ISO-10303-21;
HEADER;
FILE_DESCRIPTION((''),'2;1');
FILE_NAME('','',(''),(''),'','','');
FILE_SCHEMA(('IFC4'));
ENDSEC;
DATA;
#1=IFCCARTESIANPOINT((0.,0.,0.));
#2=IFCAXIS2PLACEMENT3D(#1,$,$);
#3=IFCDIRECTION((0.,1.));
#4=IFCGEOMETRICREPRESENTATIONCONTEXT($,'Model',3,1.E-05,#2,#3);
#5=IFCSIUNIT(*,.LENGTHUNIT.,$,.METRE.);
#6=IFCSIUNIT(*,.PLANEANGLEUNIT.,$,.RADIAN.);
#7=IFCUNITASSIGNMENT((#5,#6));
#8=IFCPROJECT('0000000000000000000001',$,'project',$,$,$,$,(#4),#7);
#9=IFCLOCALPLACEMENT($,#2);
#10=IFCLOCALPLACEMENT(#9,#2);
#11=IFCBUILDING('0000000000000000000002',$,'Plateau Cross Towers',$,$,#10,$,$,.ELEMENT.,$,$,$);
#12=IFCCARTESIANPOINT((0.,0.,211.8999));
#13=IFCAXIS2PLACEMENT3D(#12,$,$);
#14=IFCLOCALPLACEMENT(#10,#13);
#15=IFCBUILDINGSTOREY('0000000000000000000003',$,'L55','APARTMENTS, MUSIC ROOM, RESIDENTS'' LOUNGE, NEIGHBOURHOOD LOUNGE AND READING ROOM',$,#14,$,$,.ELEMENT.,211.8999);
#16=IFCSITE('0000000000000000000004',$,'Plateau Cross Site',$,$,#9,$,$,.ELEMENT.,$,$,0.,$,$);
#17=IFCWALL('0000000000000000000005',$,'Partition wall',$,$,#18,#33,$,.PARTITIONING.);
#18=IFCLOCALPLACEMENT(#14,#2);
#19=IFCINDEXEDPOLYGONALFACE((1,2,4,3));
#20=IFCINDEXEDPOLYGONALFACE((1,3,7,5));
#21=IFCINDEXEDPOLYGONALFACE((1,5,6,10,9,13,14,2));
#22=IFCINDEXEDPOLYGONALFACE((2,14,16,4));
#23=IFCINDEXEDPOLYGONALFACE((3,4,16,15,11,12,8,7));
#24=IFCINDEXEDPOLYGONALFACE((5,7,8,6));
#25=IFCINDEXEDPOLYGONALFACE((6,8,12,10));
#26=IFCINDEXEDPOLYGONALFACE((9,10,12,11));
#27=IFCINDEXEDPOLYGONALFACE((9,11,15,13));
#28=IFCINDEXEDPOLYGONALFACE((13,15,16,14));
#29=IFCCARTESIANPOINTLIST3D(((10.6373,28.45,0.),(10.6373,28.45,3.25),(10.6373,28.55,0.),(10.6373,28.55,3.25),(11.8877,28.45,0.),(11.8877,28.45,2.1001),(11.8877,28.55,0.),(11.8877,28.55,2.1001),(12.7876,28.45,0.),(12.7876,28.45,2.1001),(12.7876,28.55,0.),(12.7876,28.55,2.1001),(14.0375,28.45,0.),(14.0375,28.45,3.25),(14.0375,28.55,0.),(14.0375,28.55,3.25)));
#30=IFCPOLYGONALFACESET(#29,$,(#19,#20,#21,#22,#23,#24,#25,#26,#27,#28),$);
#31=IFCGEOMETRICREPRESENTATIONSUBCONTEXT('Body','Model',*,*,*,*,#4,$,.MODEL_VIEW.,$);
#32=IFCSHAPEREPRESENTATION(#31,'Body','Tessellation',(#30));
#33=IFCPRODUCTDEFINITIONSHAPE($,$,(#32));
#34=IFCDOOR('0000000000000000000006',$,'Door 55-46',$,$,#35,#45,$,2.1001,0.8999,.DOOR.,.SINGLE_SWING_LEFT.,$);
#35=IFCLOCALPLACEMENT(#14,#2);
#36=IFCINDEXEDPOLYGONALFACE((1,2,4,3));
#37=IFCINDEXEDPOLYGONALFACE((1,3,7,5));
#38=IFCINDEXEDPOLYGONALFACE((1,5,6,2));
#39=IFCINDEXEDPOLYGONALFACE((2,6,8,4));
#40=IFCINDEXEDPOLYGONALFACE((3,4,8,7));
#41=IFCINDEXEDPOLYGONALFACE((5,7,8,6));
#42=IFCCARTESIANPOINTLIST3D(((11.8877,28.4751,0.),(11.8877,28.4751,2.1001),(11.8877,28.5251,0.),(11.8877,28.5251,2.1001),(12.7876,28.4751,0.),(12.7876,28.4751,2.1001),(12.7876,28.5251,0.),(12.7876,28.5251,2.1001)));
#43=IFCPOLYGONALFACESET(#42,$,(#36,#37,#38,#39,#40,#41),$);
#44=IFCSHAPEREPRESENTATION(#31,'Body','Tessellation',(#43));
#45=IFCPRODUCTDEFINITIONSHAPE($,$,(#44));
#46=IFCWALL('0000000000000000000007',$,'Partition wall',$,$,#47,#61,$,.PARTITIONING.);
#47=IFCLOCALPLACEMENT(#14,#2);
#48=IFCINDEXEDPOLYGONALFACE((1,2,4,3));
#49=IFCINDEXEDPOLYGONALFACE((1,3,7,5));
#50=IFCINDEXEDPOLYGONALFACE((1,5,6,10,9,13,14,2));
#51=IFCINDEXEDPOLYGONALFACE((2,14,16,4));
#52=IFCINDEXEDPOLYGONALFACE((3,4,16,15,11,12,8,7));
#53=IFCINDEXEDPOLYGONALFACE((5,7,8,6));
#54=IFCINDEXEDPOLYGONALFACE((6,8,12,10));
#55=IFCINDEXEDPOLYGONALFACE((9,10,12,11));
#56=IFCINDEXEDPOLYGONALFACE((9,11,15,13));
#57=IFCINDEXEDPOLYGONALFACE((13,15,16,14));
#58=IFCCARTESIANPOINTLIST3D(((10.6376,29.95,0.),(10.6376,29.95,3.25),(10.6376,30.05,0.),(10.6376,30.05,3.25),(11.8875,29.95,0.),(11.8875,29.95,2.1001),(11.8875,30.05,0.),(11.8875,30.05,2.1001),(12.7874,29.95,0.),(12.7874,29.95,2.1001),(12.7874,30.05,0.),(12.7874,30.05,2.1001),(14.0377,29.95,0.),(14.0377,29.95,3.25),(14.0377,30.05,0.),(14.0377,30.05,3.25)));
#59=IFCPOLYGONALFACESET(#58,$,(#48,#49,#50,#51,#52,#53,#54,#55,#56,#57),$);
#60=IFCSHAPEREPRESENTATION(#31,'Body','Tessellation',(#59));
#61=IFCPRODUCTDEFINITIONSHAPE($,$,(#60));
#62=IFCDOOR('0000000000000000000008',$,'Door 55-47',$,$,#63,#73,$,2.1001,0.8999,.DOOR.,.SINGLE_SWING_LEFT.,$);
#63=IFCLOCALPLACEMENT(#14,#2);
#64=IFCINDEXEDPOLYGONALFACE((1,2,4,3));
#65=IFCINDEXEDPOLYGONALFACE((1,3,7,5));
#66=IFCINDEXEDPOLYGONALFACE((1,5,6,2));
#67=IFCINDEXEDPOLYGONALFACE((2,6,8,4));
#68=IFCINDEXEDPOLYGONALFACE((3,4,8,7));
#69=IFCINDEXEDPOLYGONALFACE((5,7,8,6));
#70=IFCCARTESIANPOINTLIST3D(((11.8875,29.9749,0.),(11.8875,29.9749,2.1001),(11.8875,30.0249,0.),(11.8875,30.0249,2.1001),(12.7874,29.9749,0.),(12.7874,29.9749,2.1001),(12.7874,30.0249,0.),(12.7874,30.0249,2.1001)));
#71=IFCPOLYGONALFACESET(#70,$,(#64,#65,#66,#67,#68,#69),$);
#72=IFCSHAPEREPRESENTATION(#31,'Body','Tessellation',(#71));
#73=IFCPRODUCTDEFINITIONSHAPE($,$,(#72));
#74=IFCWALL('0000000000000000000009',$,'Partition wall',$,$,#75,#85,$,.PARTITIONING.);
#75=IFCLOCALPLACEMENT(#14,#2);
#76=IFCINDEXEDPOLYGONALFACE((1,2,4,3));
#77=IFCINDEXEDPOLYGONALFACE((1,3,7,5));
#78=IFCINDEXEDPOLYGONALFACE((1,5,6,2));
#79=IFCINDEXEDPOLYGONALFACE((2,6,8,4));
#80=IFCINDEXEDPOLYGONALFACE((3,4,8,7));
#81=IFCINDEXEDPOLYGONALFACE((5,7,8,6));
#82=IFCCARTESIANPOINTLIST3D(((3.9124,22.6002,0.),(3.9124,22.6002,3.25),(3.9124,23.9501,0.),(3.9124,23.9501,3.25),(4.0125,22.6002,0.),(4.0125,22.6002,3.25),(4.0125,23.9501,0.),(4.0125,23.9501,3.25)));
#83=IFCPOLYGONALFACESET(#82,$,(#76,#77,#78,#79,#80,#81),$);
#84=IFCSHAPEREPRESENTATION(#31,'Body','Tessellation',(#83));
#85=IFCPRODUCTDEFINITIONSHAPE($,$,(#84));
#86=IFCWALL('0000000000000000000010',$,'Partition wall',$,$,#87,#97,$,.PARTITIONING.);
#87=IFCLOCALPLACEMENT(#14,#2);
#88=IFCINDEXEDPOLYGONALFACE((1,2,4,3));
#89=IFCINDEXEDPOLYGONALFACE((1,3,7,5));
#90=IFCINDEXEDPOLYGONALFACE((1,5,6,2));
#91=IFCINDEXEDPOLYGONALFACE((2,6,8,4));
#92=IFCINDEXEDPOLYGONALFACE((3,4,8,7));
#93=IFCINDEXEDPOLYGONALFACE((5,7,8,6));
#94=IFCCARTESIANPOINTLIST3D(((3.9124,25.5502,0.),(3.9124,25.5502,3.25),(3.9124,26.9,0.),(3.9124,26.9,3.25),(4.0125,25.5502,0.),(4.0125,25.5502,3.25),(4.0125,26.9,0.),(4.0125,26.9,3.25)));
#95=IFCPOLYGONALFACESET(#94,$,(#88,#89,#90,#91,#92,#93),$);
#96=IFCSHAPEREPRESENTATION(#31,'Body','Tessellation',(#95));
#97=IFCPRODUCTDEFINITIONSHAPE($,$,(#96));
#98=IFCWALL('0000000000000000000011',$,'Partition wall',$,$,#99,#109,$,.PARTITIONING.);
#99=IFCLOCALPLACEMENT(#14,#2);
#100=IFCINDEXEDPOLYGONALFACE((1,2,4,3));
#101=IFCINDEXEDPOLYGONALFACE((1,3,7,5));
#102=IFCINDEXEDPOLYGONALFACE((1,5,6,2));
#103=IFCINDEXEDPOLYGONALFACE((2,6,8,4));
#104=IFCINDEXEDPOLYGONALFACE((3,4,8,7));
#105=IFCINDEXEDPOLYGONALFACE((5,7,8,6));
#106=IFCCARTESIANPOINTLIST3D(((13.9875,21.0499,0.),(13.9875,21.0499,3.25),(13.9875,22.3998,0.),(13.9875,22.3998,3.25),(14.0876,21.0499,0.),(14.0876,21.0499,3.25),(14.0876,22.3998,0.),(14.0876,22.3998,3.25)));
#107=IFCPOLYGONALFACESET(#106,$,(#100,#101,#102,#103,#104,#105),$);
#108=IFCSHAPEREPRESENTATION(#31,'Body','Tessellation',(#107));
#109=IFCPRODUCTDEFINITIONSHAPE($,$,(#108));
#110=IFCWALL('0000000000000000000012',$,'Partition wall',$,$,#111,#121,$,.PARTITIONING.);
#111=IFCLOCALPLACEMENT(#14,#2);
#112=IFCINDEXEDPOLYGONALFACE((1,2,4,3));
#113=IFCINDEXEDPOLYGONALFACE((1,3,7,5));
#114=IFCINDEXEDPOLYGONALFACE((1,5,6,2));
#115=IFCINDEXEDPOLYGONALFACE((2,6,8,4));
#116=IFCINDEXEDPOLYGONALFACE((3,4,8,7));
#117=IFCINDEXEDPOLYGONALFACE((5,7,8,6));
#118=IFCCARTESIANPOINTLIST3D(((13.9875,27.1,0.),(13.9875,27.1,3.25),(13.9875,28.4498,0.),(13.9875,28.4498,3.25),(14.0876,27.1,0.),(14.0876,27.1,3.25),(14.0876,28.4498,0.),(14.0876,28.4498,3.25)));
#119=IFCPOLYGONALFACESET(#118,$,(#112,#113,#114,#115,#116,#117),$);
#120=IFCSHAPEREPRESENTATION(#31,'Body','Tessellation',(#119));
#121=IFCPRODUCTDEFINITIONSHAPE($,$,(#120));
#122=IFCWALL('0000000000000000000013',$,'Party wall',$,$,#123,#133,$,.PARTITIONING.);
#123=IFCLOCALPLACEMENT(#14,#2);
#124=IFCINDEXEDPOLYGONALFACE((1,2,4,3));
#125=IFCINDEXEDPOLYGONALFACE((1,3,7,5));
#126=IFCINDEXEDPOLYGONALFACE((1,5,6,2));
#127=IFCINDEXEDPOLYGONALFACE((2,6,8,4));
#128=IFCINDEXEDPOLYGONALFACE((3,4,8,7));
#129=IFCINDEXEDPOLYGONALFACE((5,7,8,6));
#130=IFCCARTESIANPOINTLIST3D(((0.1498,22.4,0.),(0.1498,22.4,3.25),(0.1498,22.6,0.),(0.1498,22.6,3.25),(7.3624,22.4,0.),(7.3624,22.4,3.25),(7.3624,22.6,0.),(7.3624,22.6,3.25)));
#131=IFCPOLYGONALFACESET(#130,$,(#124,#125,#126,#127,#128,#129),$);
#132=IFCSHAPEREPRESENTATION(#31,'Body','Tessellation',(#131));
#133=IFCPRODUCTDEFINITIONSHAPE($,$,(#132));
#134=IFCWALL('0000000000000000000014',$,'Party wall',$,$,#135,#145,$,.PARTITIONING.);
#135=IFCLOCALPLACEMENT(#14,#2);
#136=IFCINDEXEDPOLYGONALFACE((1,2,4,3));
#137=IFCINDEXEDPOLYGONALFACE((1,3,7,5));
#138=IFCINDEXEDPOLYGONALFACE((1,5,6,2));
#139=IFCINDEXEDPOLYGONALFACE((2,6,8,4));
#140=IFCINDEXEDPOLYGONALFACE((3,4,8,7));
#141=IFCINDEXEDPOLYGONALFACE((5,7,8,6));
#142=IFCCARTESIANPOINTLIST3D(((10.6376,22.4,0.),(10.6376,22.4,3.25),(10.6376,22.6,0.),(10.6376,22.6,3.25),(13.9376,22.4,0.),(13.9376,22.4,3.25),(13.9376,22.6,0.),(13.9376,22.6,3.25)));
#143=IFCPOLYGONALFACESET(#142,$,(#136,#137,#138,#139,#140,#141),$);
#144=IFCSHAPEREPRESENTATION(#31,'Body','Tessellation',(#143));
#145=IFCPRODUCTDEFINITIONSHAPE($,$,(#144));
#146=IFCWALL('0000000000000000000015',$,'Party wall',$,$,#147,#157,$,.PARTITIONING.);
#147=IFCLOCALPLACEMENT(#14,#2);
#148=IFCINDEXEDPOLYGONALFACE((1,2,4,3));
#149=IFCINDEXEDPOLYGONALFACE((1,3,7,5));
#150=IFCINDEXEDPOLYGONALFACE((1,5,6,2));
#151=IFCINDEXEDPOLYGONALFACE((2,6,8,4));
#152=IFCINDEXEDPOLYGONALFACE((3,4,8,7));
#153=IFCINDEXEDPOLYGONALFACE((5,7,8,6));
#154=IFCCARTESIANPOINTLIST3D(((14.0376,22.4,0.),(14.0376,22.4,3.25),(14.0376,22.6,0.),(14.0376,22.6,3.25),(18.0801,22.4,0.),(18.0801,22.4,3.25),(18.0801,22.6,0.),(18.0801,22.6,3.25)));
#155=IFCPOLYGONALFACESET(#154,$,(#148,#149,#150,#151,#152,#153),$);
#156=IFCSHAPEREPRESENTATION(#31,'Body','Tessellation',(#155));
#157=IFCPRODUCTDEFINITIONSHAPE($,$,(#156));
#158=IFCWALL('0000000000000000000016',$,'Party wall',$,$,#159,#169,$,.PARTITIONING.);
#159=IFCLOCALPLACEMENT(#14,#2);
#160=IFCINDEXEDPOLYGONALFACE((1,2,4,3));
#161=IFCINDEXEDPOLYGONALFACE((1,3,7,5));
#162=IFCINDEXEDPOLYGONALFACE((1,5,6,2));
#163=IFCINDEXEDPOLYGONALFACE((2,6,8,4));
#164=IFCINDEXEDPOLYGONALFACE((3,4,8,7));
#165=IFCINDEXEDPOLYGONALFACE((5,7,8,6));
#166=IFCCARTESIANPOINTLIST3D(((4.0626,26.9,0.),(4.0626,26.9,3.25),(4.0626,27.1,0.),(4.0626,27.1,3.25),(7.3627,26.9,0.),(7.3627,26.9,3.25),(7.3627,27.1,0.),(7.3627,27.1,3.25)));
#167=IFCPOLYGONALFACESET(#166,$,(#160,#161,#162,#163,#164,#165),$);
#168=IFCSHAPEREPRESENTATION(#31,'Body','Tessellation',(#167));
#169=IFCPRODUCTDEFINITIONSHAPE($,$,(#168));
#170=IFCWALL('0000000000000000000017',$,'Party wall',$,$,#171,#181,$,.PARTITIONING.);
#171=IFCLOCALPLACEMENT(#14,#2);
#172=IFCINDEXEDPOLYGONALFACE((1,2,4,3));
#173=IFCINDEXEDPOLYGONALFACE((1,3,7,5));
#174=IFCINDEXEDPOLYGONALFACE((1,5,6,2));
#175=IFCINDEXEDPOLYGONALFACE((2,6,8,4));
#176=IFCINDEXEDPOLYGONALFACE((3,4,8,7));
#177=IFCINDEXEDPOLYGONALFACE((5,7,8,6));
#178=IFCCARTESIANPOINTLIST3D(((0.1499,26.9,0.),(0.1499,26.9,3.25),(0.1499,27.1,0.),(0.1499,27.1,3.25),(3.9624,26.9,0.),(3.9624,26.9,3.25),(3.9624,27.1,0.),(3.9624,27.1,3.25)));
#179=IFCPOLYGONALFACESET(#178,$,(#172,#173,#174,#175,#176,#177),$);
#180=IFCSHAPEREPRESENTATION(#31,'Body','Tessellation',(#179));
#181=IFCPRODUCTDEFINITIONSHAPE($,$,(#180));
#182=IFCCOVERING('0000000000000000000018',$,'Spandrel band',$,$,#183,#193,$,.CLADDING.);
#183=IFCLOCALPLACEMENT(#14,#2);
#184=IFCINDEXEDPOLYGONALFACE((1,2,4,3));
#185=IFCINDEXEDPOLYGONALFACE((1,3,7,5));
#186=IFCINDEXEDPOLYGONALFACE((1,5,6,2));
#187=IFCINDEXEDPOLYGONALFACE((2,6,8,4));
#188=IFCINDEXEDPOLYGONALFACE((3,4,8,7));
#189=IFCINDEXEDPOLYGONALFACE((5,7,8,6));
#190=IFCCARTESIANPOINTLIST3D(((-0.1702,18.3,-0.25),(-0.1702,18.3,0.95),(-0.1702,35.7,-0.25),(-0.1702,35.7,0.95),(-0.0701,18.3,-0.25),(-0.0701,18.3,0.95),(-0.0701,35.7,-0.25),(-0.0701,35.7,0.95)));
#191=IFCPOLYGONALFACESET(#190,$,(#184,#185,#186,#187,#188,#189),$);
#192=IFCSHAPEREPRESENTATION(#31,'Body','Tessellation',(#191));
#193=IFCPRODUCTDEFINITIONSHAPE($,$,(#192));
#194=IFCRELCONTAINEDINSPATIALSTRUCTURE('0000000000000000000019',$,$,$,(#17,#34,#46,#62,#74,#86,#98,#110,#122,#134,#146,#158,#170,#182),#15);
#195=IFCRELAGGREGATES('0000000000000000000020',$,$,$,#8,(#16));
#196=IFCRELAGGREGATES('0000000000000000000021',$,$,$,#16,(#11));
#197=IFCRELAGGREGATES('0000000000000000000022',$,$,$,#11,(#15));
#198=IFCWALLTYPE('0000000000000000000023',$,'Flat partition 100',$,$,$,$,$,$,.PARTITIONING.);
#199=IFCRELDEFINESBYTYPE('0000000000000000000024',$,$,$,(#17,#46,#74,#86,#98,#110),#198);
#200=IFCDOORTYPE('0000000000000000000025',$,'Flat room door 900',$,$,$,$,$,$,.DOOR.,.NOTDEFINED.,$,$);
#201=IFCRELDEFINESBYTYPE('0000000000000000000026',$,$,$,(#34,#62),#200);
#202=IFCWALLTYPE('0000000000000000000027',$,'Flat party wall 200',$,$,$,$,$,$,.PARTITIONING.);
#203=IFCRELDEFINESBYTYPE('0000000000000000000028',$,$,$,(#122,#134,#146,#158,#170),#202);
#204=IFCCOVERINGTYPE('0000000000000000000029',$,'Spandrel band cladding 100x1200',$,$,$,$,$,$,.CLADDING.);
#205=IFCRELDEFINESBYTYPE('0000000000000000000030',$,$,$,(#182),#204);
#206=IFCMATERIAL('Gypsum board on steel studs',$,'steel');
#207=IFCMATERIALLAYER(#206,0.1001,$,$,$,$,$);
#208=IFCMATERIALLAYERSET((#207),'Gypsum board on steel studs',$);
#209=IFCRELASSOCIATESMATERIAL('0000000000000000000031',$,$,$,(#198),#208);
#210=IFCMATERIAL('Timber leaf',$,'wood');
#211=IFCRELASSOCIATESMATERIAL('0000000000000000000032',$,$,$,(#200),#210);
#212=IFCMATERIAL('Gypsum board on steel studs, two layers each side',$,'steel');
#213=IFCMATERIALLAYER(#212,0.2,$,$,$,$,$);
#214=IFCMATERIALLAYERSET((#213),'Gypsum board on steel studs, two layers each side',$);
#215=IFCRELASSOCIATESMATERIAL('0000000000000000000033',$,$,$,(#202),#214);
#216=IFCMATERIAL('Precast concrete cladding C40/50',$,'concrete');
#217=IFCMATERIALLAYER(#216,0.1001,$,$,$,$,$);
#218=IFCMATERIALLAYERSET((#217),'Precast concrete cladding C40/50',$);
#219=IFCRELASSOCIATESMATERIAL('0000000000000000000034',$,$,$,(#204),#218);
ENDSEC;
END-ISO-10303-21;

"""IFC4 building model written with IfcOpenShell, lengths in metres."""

from ifc_helpers import new_model, si_unit, direction, frame, frame_2d, origin, origin_2d, place, context, subcontext, project, spatial, rectangle, extrude, material, layer, layer_set, type_object, element, fill, save


model = new_model("IFC4")

# Units and contexts
model_context = context("Model", 3, precision=1e-05, world=origin(), true_north=direction((0.0, 1.0)))
body_context = subcontext(model_context, "Body", "Model", "MODEL_VIEW")
ifc_project = project(units=[si_unit("LENGTHUNIT", "METRE"), si_unit("PLANEANGLEUNIT", "RADIAN")], contexts=[model_context])

# Site, building, storey
site_placement = place(None, origin())
site = spatial("IfcSite", under=ifc_project, at=site_placement, Name="Plateau Cross Site", CompositionType="ELEMENT", RefElevation=0.0)
building_placement = place(site_placement, origin())
building = spatial("IfcBuilding", under=site, at=building_placement, Name="Plateau Cross Towers", CompositionType="ELEMENT")
storey_placement = place(building_placement, frame((0.0, 0.0, 211.8999)))
storey = spatial("IfcBuildingStorey", under=building, at=storey_placement, Name="L55", Description="APARTMENTS, MUSIC ROOM, RESIDENTS' LOUNGE, NEIGHBOURHOOD LOUNGE AND READING ROOM", CompositionType="ELEMENT", Elevation=211.8999)

# Walls, openings, doors
ifc_material_1 = material(Name="Gypsum board on steel studs", Category="steel")
ifc_layer_1 = layer(ifc_material_1, 0.1001)
ifc_layer_set_1 = layer_set([ifc_layer_1], Name="Gypsum board on steel studs")
wall_type_1 = type_object("IfcWallType", Name="Flat partition 100", PredefinedType="PARTITIONING", material=ifc_layer_set_1)
ifc_material_2 = material(Name="Timber leaf", Category="wood")
door_type_1 = type_object("IfcDoorType", Name="Flat room door 900", OperationType="NOTDEFINED", PredefinedType="DOOR", material=ifc_material_2)
wall_1_placement = place(storey_placement, frame((14.0376, 28.5, 0.0), z_axis=(0.0, 0.0, 1.0), x_axis=(-1.0, 0.0, 0.0)))
wall_1 = element("IfcWall", 1, at=wall_1_placement, inside=storey, type_object=wall_type_1, Name="Partition wall", PredefinedType="PARTITIONING", context=body_context, shape_type="SweptSolid", body=[
    extrude(rectangle(XDim=3.4001, YDim=0.1001, at=frame_2d((1.7002, 0.0))), origin(), (0.0, 0.0, 1.0), 3.25),
])
opening_1_placement = place(wall_1_placement, frame((1.25, 0.0, 0.0)))
opening_1 = element("IfcOpeningElement", 2, at=opening_1_placement, cuts=wall_1, PredefinedType="OPENING", context=body_context, shape_type="SweptSolid", body=[
    extrude(rectangle(XDim=0.8999, YDim=2.1001, at=frame_2d((0.45, 1.05))), frame((0.0, 0.0601, 0.0), z_axis=(0.0, -1.0, 0.0), x_axis=(1.0, 0.0, 0.0)), (0.0, 0.0, 1.0), 0.1201),
])
door_1_placement = place(opening_1_placement, origin())
door_1 = element("IfcDoor", 3, at=door_1_placement, inside=storey, type_object=door_type_1, Name="Door 55-46", OperationType="SINGLE_SWING_LEFT", OverallHeight=2.1001, OverallWidth=0.8999, PredefinedType="DOOR", context=body_context, shape_type="SweptSolid", body=[
    extrude(rectangle(XDim=0.8999, YDim=2.1001, at=frame_2d((0.45, 1.05))), frame((0.0, 0.0249, 0.0), z_axis=(0.0, -1.0, 0.0), x_axis=(1.0, 0.0, 0.0)), (0.0, 0.0, 1.0), 0.05),
])
fill(opening_1, door_1)
wall_2_placement = place(storey_placement, frame((10.6375, 30.0, 0.0), z_axis=(0.0, 0.0, 1.0), x_axis=(1.0, 0.0, 0.0)))
wall_2 = element("IfcWall", 4, at=wall_2_placement, inside=storey, type_object=wall_type_1, Name="Partition wall", PredefinedType="PARTITIONING", context=body_context, shape_type="SweptSolid", body=[
    extrude(rectangle(XDim=3.4001, YDim=0.1001, at=frame_2d((1.7002, 0.0))), origin(), (0.0, 0.0, 1.0), 3.25),
])
opening_2_placement = place(wall_2_placement, frame((1.25, 0.0, 0.0)))
opening_2 = element("IfcOpeningElement", 5, at=opening_2_placement, cuts=wall_2, PredefinedType="OPENING", context=body_context, shape_type="SweptSolid", body=[
    extrude(rectangle(XDim=0.8999, YDim=2.1001, at=frame_2d((0.45, 1.05))), frame((0.0, 0.0601, 0.0), z_axis=(0.0, -1.0, 0.0), x_axis=(1.0, 0.0, 0.0)), (0.0, 0.0, 1.0), 0.1201),
])
door_2_placement = place(opening_2_placement, origin())
door_2 = element("IfcDoor", 6, at=door_2_placement, inside=storey, type_object=door_type_1, Name="Door 55-47", OperationType="SINGLE_SWING_LEFT", OverallHeight=2.1001, OverallWidth=0.8999, PredefinedType="DOOR", context=body_context, shape_type="SweptSolid", body=[
    extrude(rectangle(XDim=0.8999, YDim=2.1001, at=frame_2d((0.45, 1.05))), frame((0.0, 0.0249, 0.0), z_axis=(0.0, -1.0, 0.0), x_axis=(1.0, 0.0, 0.0)), (0.0, 0.0, 1.0), 0.05),
])
fill(opening_2, door_2)

# Walls
for number, where, z_axis, x_axis, name in (
    (7, (3.9624, 23.95, 0.0), (0.0, 0.0, 1.0), (0.0, -1.0, 0.0), "Partition wall"),
    (8, (3.9624, 26.8999, 0.0), (0.0, 0.0, 1.0), (0.0, -1.0, 0.0), "Partition wall"),
    (9, (14.0376, 21.05, 0.0), (0.0, 0.0, 1.0), (0.0, 1.0, 0.0), "Partition wall"),
    (10, (14.0376, 27.1001, 0.0), (0.0, 0.0, 1.0), (0.0, 1.0, 0.0), "Partition wall"),
):
    element("IfcWall", number, at=place(storey_placement, frame(where, z_axis=z_axis, x_axis=x_axis)), inside=storey, type_object=wall_type_1, Name=name, PredefinedType="PARTITIONING", context=body_context, shape_type="SweptSolid", body=[
        extrude(rectangle(XDim=1.3499, YDim=0.1001, at=frame_2d((0.6748, 0.0))), origin(), (0.0, 0.0, 1.0), 3.25),
    ])
ifc_material_3 = material(Name="Gypsum board on steel studs, two layers each side", Category="steel")
ifc_layer_2 = layer(ifc_material_3, 0.2)
ifc_layer_set_2 = layer_set([ifc_layer_2], Name="Gypsum board on steel studs, two layers each side")
wall_type_2 = type_object("IfcWallType", Name="Flat party wall 200", PredefinedType="PARTITIONING", material=ifc_layer_set_2)
wall_3_placement = place(storey_placement, frame((7.3625, 22.5, 0.0), z_axis=(0.0, 0.0, 1.0), x_axis=(-1.0, 0.0, 0.0)))
element("IfcWall", 11, at=wall_3_placement, inside=storey, type_object=wall_type_2, Name="Party wall", PredefinedType="PARTITIONING", context=body_context, shape_type="SweptSolid", body=[
    extrude(rectangle(XDim=7.2126, YDim=0.2, at=frame_2d((3.6064, 0.0))), origin(), (0.0, 0.0, 1.0), 3.25),
])
wall_4_placement = place(storey_placement, frame((13.9375, 22.5, 0.0), z_axis=(0.0, 0.0, 1.0), x_axis=(-1.0, 0.0, 0.0)))
element("IfcWall", 12, at=wall_4_placement, inside=storey, type_object=wall_type_2, Name="Party wall", PredefinedType="PARTITIONING", context=body_context, shape_type="SweptSolid", body=[
    extrude(rectangle(XDim=3.3, YDim=0.2, at=frame_2d((1.6499, 0.0))), origin(), (0.0, 0.0, 1.0), 3.25),
])
wall_5_placement = place(storey_placement, frame((14.0376, 22.5, 0.0), z_axis=(0.0, 0.0, 1.0), x_axis=(1.0, 0.0, 0.0)))
element("IfcWall", 13, at=wall_5_placement, inside=storey, type_object=wall_type_2, Name="Party wall", PredefinedType="PARTITIONING", context=body_context, shape_type="SweptSolid", body=[
    extrude(rectangle(XDim=4.0425, YDim=0.2, at=frame_2d((2.0212, 0.0))), origin(), (0.0, 0.0, 1.0), 3.25),
])
wall_6_placement = place(storey_placement, frame((7.3625, 27.0, 0.0), z_axis=(0.0, 0.0, 1.0), x_axis=(-1.0, 0.0, 0.0)))
element("IfcWall", 14, at=wall_6_placement, inside=storey, type_object=wall_type_2, Name="Party wall", PredefinedType="PARTITIONING", context=body_context, shape_type="SweptSolid", body=[
    extrude(rectangle(XDim=3.3, YDim=0.2, at=frame_2d((1.6499, 0.0))), origin(), (0.0, 0.0, 1.0), 3.25),
])
wall_7_placement = place(storey_placement, frame((0.1499, 27.0, 0.0), z_axis=(0.0, 0.0, 1.0), x_axis=(1.0, 0.0, 0.0)))
element("IfcWall", 15, at=wall_7_placement, inside=storey, type_object=wall_type_2, Name="Party wall", PredefinedType="PARTITIONING", context=body_context, shape_type="SweptSolid", body=[
    extrude(rectangle(XDim=3.8125, YDim=0.2, at=frame_2d((1.9062, 0.0))), origin(), (0.0, 0.0, 1.0), 3.25),
])

# Covering
ifc_material_4 = material(Name="Precast concrete cladding C40/50", Category="concrete")
ifc_layer_3 = layer(ifc_material_4, 0.1001)
ifc_layer_set_3 = layer_set([ifc_layer_3], Name="Precast concrete cladding C40/50")
covering_type = type_object("IfcCoveringType", Name="Spandrel band cladding 100x1200", PredefinedType="CLADDING", material=ifc_layer_set_3)
covering_placement = place(storey_placement, frame((-0.1201, 27.0, -0.25), z_axis=(0.0, 0.0, 1.0), x_axis=(0.0, -1.0, 0.0)))
element("IfcCovering", 16, at=covering_placement, inside=storey, type_object=covering_type, Name="Spandrel band", PredefinedType="CLADDING", context=body_context, shape_type="SweptSolid", body=[
    extrude(rectangle(XDim=17.3999, YDim=0.1001, at=origin_2d()), origin(), (0.0, 0.0, 1.0), 1.2),
])

save(model, "model.ifc")
